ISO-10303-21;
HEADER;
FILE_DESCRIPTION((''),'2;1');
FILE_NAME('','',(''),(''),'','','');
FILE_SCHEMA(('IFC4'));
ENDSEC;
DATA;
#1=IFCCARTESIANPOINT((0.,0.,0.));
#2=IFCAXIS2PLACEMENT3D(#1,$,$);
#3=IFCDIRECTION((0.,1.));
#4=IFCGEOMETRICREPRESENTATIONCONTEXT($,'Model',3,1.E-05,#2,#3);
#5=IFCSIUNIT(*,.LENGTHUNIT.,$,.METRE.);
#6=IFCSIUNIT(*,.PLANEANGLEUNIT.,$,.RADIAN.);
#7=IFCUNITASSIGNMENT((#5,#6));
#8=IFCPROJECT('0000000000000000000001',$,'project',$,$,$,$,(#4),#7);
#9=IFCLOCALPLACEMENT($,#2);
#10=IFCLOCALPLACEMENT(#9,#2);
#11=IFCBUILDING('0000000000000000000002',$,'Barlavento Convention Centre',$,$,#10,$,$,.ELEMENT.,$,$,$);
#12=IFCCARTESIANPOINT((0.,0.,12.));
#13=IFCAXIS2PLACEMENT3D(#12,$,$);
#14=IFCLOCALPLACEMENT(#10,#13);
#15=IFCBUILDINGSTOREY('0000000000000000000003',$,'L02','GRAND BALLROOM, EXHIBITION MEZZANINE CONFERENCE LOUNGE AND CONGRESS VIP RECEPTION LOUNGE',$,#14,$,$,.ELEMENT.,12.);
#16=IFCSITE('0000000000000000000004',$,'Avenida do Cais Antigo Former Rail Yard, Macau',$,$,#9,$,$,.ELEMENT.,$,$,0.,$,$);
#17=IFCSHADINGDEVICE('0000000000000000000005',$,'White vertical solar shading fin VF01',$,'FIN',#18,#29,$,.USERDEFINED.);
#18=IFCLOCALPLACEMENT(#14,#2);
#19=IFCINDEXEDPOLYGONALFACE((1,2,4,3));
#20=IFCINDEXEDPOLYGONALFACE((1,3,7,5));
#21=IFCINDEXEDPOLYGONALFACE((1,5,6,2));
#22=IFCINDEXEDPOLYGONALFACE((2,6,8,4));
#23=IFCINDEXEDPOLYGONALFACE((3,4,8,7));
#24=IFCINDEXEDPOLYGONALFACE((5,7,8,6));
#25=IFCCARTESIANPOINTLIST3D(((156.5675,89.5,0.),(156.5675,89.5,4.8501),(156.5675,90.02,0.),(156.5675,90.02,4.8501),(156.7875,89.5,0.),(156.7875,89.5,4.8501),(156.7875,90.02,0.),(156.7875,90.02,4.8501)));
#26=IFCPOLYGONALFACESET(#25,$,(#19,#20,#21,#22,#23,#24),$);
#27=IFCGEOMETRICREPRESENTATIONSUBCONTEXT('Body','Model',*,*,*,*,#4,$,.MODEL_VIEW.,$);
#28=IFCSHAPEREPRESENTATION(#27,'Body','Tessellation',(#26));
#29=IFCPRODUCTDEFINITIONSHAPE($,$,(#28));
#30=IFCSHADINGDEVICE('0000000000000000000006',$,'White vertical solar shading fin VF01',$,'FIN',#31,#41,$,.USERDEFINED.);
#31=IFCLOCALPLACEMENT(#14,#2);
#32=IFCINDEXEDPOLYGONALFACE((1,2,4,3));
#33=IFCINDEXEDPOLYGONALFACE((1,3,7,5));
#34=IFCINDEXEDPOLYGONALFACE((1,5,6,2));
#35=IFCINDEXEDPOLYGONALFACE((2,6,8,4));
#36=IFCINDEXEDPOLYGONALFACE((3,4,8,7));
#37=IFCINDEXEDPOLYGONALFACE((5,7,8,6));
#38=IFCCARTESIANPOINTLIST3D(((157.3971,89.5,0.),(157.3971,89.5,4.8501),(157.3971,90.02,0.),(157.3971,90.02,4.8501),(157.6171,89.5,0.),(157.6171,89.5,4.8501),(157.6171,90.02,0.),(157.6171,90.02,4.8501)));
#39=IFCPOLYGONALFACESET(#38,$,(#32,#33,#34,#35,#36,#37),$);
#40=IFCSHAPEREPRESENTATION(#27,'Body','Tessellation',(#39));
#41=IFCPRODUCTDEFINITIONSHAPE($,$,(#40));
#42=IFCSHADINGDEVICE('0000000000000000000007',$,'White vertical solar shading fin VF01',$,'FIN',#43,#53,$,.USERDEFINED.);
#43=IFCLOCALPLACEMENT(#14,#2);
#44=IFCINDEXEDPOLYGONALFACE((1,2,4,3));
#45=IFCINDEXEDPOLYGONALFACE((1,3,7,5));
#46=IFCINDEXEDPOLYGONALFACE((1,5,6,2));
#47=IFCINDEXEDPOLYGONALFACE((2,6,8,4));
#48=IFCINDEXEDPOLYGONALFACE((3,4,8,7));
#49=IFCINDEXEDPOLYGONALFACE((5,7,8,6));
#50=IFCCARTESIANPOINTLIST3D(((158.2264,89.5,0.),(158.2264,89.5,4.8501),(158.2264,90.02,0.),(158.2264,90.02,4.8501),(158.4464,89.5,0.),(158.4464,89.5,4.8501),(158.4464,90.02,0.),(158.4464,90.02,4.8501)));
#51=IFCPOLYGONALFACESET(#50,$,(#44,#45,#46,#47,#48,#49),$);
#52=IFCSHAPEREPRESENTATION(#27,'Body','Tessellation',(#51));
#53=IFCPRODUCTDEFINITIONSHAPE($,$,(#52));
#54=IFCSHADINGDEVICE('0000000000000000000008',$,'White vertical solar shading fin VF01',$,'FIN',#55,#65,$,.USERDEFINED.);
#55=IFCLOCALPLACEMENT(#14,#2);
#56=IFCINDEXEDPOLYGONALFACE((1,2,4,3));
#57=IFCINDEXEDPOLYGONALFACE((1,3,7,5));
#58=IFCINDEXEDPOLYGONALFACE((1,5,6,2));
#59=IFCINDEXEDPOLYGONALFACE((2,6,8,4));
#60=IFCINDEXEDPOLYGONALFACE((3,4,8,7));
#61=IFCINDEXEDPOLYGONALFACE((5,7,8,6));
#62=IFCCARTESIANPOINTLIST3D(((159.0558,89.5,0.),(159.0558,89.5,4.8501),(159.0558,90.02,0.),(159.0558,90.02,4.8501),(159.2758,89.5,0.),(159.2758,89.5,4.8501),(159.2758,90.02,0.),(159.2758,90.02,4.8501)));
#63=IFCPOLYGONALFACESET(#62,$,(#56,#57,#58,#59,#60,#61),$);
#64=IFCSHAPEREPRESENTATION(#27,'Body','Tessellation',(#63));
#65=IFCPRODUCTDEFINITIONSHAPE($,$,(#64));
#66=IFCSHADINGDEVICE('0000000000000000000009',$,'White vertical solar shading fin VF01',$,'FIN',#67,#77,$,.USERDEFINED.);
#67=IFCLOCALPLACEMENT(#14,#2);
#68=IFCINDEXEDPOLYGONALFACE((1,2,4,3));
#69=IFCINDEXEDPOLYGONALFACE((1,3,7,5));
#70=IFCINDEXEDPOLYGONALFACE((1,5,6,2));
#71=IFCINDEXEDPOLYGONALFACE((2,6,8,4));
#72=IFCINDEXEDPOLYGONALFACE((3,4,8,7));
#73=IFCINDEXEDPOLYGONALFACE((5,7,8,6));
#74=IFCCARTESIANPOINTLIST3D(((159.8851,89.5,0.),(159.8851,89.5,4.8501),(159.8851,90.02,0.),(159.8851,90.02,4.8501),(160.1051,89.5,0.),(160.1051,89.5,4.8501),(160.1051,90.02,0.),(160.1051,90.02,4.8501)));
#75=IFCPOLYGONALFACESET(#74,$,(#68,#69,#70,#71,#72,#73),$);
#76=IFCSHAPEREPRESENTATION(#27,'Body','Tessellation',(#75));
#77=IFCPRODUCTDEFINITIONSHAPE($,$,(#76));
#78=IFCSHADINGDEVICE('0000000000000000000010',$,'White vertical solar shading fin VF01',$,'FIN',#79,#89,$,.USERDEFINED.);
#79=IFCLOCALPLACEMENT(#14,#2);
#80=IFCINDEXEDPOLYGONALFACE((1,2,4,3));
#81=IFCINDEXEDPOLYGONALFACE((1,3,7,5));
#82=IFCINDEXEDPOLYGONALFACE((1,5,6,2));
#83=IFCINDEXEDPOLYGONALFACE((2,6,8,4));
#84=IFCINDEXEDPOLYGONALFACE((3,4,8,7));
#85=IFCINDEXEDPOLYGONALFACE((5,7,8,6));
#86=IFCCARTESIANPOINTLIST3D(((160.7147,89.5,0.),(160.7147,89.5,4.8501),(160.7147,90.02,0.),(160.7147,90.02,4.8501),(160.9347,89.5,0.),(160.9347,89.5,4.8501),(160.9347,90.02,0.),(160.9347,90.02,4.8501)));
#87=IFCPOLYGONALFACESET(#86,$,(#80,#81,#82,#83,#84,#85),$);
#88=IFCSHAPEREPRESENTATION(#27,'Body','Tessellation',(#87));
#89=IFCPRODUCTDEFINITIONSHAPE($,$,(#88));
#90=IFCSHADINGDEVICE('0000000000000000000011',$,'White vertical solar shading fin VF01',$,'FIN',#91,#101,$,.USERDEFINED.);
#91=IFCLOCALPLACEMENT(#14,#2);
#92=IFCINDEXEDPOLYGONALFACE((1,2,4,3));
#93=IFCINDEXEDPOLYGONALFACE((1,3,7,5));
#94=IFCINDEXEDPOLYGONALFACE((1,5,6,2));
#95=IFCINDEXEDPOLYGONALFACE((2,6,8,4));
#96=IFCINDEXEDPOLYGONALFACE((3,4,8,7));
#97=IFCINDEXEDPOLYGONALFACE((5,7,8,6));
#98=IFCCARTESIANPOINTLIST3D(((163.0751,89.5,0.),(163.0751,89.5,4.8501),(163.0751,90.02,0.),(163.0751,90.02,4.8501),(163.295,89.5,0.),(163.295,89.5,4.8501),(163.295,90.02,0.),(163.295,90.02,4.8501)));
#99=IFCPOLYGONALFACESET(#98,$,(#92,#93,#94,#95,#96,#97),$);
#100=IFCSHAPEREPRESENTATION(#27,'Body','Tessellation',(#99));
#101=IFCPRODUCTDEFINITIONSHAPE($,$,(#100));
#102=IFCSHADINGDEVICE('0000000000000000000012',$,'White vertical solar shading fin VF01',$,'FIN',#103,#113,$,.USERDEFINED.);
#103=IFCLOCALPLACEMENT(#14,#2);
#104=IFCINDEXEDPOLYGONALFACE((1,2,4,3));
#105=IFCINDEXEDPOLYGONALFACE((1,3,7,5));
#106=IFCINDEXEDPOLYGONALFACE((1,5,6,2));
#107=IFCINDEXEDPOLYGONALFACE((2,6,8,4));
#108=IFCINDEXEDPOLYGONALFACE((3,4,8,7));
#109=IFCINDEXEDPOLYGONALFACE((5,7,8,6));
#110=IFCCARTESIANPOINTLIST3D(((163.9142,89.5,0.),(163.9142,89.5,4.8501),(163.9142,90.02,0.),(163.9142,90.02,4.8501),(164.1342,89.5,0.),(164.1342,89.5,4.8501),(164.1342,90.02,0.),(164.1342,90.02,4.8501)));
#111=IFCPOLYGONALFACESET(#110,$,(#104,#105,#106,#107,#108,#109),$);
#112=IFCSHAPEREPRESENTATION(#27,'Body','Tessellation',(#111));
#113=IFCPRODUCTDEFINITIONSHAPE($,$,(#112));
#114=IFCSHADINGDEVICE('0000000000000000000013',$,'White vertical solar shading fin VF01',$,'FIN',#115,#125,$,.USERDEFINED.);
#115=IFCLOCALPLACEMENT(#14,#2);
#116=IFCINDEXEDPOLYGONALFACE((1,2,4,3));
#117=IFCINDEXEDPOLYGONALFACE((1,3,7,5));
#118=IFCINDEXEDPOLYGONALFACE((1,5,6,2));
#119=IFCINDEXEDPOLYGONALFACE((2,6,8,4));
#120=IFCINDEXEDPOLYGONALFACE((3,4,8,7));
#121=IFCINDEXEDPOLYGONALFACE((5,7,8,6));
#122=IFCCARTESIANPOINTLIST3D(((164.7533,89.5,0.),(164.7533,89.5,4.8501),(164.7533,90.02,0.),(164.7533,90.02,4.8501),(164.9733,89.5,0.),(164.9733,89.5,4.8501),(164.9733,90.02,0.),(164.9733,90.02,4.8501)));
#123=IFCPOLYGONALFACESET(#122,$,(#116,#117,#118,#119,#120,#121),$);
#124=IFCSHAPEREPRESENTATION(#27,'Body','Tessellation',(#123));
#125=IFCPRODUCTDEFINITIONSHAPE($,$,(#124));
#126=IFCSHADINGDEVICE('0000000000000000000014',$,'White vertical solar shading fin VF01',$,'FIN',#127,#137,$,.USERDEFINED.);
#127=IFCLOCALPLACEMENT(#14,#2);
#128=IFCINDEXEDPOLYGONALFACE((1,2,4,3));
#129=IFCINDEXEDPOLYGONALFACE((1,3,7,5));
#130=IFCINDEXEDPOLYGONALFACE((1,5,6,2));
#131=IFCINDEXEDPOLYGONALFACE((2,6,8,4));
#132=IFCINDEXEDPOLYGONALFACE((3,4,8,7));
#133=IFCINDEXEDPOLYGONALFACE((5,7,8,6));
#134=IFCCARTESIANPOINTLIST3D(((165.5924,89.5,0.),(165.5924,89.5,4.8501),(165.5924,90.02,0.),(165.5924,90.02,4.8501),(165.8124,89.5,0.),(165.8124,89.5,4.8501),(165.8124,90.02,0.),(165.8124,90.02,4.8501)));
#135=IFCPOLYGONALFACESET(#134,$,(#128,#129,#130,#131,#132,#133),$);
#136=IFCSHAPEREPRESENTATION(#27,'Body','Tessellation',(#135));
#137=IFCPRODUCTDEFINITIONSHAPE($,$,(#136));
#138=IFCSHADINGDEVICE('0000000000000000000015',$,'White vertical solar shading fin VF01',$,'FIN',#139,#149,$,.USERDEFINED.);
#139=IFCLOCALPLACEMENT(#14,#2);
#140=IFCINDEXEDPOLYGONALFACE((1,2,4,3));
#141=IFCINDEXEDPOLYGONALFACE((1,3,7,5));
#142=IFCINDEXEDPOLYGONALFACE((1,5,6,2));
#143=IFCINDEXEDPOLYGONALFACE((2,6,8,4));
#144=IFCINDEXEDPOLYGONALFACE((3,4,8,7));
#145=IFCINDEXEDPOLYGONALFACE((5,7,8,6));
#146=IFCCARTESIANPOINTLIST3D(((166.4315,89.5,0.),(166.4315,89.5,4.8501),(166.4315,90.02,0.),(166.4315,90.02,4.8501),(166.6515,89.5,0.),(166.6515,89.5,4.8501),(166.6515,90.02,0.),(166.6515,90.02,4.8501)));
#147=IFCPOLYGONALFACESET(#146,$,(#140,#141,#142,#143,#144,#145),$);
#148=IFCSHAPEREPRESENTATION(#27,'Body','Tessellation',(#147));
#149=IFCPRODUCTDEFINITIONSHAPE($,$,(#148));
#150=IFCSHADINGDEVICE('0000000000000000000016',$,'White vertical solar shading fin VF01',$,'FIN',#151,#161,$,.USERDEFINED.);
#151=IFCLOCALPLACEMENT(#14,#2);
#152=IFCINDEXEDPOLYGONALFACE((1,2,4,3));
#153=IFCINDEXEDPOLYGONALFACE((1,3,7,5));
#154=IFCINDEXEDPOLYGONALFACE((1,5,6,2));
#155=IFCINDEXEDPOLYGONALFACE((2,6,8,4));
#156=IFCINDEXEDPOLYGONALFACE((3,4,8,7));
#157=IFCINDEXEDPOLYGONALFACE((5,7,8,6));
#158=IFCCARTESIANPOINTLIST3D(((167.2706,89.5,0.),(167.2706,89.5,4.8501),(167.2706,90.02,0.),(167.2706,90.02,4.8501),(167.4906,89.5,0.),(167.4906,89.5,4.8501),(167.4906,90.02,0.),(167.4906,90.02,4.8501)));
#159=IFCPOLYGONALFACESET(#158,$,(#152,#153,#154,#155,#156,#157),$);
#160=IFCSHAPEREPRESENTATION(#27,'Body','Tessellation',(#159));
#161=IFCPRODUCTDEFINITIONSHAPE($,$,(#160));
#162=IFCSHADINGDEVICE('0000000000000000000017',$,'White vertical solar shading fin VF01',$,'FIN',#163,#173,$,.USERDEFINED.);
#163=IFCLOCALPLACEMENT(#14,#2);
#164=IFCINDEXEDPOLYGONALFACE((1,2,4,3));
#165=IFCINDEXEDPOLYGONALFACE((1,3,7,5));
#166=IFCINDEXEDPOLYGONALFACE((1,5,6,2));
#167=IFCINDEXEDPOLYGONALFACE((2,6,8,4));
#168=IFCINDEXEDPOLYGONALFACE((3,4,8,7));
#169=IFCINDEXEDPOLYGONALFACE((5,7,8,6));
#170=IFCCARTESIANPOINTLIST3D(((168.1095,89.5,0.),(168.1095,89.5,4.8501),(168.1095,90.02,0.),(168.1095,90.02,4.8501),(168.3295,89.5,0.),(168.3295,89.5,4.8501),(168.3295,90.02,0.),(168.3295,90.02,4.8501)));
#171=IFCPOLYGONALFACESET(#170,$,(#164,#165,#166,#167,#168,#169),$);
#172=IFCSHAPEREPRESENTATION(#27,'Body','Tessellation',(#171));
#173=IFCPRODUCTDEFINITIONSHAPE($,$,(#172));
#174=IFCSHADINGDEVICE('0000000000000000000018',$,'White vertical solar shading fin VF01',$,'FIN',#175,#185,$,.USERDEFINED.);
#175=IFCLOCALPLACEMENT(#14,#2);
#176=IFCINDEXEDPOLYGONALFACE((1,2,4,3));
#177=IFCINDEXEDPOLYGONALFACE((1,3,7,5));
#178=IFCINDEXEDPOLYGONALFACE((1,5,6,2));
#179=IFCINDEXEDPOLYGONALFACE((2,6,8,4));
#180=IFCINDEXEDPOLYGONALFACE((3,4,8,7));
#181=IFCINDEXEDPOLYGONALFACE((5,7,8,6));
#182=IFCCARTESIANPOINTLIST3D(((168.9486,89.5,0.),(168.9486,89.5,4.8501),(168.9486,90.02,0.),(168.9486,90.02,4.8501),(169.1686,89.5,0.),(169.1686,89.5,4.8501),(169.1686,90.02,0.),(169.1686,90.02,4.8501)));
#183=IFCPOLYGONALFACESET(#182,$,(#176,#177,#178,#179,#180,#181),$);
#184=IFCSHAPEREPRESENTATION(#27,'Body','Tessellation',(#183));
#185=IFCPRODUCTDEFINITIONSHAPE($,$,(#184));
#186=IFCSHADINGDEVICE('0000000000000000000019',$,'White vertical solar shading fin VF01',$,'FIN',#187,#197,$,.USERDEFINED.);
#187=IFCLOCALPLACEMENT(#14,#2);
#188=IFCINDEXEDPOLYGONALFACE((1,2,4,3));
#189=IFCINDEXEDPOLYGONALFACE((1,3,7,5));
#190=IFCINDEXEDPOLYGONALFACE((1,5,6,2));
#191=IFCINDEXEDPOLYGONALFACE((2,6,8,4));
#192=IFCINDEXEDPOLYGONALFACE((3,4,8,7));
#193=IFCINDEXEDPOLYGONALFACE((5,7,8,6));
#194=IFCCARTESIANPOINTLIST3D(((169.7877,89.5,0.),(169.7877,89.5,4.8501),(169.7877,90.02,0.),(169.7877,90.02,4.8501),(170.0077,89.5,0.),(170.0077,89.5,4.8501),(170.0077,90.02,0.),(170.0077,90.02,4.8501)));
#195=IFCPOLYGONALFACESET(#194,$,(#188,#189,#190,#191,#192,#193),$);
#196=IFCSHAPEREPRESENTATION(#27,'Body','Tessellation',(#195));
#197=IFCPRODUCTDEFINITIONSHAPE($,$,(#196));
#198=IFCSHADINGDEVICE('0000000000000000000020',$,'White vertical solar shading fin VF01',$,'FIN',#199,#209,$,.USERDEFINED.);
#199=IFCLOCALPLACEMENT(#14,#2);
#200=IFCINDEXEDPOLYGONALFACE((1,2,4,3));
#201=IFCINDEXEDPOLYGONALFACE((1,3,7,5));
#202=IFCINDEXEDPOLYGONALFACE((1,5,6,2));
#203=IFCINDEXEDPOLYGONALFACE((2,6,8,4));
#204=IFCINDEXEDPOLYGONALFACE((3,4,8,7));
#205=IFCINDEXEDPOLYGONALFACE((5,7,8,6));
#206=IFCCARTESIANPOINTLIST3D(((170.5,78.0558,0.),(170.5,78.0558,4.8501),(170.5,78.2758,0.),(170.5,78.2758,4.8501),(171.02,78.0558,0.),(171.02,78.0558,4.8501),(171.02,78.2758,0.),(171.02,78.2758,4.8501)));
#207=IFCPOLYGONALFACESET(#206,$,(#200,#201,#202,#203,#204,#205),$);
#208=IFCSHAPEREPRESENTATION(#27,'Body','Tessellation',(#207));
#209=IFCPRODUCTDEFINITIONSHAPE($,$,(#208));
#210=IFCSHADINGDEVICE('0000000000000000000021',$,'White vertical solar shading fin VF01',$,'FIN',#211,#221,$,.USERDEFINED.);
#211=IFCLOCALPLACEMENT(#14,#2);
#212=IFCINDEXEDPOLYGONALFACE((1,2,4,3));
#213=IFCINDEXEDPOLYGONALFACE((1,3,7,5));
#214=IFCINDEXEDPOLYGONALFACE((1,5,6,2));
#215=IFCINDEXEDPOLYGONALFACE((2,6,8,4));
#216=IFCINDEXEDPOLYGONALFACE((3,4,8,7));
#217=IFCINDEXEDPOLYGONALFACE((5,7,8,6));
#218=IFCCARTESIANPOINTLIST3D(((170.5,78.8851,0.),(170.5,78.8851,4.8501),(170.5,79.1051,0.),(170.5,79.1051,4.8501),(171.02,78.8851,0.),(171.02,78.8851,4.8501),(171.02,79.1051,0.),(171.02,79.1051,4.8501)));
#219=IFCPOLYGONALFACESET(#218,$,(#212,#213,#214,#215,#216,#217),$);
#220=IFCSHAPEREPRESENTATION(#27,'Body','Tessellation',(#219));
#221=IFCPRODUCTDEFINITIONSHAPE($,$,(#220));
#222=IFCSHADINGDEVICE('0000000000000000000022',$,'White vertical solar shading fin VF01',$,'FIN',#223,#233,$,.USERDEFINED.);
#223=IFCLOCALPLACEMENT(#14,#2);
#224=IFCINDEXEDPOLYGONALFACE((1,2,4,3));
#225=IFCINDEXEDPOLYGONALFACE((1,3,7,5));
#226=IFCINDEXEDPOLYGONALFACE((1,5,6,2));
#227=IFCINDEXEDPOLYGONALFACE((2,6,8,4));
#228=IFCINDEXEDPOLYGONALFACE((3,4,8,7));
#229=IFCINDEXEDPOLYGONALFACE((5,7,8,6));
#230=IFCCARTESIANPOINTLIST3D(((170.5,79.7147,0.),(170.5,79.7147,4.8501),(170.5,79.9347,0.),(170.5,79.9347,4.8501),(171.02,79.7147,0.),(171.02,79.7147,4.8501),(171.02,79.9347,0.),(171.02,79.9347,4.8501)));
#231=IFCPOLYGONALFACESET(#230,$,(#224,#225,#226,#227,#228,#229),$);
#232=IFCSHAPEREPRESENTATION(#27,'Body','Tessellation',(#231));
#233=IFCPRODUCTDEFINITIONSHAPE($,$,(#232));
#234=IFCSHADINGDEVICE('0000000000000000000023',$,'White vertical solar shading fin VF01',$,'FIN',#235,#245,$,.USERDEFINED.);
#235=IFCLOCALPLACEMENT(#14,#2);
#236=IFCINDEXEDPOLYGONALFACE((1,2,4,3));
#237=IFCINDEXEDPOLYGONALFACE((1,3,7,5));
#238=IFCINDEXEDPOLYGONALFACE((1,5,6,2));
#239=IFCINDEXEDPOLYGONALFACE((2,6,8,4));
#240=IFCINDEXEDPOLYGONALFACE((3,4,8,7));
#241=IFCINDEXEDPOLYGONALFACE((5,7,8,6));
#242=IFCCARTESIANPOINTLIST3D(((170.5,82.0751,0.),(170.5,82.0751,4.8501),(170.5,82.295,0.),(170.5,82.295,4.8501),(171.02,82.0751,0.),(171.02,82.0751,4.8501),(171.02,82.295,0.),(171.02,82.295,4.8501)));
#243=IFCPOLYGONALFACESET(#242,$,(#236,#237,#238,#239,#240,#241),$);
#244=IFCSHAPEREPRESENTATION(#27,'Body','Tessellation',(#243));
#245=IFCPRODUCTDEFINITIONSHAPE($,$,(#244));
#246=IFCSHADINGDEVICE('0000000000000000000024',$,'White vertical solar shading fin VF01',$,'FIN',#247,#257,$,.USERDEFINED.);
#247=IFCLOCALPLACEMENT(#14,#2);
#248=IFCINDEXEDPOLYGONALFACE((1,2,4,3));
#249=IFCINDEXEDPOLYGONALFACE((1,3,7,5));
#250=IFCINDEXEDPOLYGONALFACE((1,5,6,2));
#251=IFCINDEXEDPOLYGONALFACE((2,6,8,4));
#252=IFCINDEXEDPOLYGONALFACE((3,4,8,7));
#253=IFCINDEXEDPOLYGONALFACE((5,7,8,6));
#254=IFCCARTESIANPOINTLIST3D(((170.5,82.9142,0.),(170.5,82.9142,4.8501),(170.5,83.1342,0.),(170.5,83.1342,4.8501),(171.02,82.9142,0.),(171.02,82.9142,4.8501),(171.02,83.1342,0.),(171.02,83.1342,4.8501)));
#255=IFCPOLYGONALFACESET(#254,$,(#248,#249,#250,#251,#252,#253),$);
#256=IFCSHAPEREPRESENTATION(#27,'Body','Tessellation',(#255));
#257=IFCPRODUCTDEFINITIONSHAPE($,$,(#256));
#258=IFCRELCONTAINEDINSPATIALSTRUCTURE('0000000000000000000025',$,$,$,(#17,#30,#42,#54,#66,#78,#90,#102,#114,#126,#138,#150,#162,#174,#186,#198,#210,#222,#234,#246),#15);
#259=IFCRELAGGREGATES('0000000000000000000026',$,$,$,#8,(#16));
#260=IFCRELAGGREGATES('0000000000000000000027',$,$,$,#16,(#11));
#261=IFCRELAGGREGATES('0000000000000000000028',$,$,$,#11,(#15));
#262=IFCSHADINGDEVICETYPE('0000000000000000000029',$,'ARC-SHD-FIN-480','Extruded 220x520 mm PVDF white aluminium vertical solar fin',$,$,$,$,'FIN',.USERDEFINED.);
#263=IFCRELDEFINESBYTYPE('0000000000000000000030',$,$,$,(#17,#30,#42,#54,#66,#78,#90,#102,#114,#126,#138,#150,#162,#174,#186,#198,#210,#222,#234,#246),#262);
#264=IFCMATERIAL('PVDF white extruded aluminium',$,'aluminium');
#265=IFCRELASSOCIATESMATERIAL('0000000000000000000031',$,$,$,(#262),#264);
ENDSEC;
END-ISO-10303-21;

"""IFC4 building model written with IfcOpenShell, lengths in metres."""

from ifc_helpers import new_model, si_unit, direction, frame, origin, origin_2d, place, context, subcontext, project, spatial, rectangle, extrude, material, type_object, element, save


model = new_model("IFC4")

# Units and contexts
model_context = context("Model", 3, precision=1e-05, world=origin(), true_north=direction((0.0, 1.0)))
body_context = subcontext(model_context, "Body", "Model", "MODEL_VIEW")
ifc_project = project(units=[si_unit("LENGTHUNIT", "METRE"), si_unit("PLANEANGLEUNIT", "RADIAN")], contexts=[model_context])

# Site, building, storey
site_placement = place(None, origin())
site = spatial("IfcSite", under=ifc_project, at=site_placement, Name="Avenida do Cais Antigo Former Rail Yard, Macau", CompositionType="ELEMENT", RefElevation=0.0)
building_placement = place(site_placement, origin())
building = spatial("IfcBuilding", under=site, at=building_placement, Name="Barlavento Convention Centre", CompositionType="ELEMENT")
storey_placement = place(building_placement, frame((0.0, 0.0, 12.0)))
storey = spatial("IfcBuildingStorey", under=building, at=storey_placement, Name="L02", Description="GRAND BALLROOM, EXHIBITION MEZZANINE CONFERENCE LOUNGE AND CONGRESS VIP RECEPTION LOUNGE", CompositionType="ELEMENT", Elevation=12.0)

# Shading devices
ifc_material_1 = material(Name="PVDF white extruded aluminium", Category="aluminium")
shading_device_type = type_object("IfcShadingDeviceType", Name="ARC-SHD-FIN-480", Description="Extruded 220x520 mm PVDF white aluminium vertical solar fin", ElementType="FIN", PredefinedType="USERDEFINED", material=ifc_material_1)
for number, where, z_axis, x_axis, name in (
    (1, (156.6775, 89.76, 0.0), (0.0, 0.0, 1.0), (1.0, 0.0, 0.0), "White vertical solar shading fin VF01"),
    (2, (157.5071, 89.76, 0.0), (0.0, 0.0, 1.0), (1.0, 0.0, 0.0), "White vertical solar shading fin VF01"),
    (3, (158.3364, 89.76, 0.0), (0.0, 0.0, 1.0), (1.0, 0.0, 0.0), "White vertical solar shading fin VF01"),
    (4, (159.1658, 89.76, 0.0), (0.0, 0.0, 1.0), (1.0, 0.0, 0.0), "White vertical solar shading fin VF01"),
    (5, (159.9951, 89.76, 0.0), (0.0, 0.0, 1.0), (1.0, 0.0, 0.0), "White vertical solar shading fin VF01"),
    (6, (160.8247, 89.76, 0.0), (0.0, 0.0, 1.0), (1.0, 0.0, 0.0), "White vertical solar shading fin VF01"),
    (7, (163.1851, 89.76, 0.0), (0.0, 0.0, 1.0), (1.0, 0.0, 0.0), "White vertical solar shading fin VF01"),
    (8, (164.0242, 89.76, 0.0), (0.0, 0.0, 1.0), (1.0, 0.0, 0.0), "White vertical solar shading fin VF01"),
    (9, (164.8633, 89.76, 0.0), (0.0, 0.0, 1.0), (1.0, 0.0, 0.0), "White vertical solar shading fin VF01"),
    (10, (165.7024, 89.76, 0.0), (0.0, 0.0, 1.0), (1.0, 0.0, 0.0), "White vertical solar shading fin VF01"),
    (11, (166.5415, 89.76, 0.0), (0.0, 0.0, 1.0), (1.0, 0.0, 0.0), "White vertical solar shading fin VF01"),
    (12, (167.3806, 89.76, 0.0), (0.0, 0.0, 1.0), (1.0, 0.0, 0.0), "White vertical solar shading fin VF01"),
    (13, (168.2195, 89.76, 0.0), (0.0, 0.0, 1.0), (1.0, 0.0, 0.0), "White vertical solar shading fin VF01"),
    (14, (169.0586, 89.76, 0.0), (0.0, 0.0, 1.0), (1.0, 0.0, 0.0), "White vertical solar shading fin VF01"),
    (15, (169.8977, 89.76, 0.0), (0.0, 0.0, 1.0), (1.0, 0.0, 0.0), "White vertical solar shading fin VF01"),
    (16, (170.76, 78.1658, 0.0), (0.0, 0.0, 1.0), (0.0, 1.0, 0.0), "White vertical solar shading fin VF01"),
    (17, (170.76, 78.9951, 0.0), (0.0, 0.0, 1.0), (0.0, 1.0, 0.0), "White vertical solar shading fin VF01"),
    (18, (170.76, 79.8247, 0.0), (0.0, 0.0, 1.0), (0.0, 1.0, 0.0), "White vertical solar shading fin VF01"),
    (19, (170.76, 82.1851, 0.0), (0.0, 0.0, 1.0), (0.0, 1.0, 0.0), "White vertical solar shading fin VF01"),
    (20, (170.76, 83.0242, 0.0), (0.0, 0.0, 1.0), (0.0, 1.0, 0.0), "White vertical solar shading fin VF01"),
):
    element("IfcShadingDevice", number, at=place(storey_placement, frame(where, z_axis=z_axis, x_axis=x_axis)), inside=storey, type_object=shading_device_type, Name=name, ObjectType="FIN", PredefinedType="USERDEFINED", context=body_context, shape_type="SweptSolid", body=[
        extrude(rectangle(XDim=0.22, YDim=0.52, at=origin_2d()), origin(), (0.0, 0.0, 1.0), 4.8501),
    ])

save(model, "model.ifc")
